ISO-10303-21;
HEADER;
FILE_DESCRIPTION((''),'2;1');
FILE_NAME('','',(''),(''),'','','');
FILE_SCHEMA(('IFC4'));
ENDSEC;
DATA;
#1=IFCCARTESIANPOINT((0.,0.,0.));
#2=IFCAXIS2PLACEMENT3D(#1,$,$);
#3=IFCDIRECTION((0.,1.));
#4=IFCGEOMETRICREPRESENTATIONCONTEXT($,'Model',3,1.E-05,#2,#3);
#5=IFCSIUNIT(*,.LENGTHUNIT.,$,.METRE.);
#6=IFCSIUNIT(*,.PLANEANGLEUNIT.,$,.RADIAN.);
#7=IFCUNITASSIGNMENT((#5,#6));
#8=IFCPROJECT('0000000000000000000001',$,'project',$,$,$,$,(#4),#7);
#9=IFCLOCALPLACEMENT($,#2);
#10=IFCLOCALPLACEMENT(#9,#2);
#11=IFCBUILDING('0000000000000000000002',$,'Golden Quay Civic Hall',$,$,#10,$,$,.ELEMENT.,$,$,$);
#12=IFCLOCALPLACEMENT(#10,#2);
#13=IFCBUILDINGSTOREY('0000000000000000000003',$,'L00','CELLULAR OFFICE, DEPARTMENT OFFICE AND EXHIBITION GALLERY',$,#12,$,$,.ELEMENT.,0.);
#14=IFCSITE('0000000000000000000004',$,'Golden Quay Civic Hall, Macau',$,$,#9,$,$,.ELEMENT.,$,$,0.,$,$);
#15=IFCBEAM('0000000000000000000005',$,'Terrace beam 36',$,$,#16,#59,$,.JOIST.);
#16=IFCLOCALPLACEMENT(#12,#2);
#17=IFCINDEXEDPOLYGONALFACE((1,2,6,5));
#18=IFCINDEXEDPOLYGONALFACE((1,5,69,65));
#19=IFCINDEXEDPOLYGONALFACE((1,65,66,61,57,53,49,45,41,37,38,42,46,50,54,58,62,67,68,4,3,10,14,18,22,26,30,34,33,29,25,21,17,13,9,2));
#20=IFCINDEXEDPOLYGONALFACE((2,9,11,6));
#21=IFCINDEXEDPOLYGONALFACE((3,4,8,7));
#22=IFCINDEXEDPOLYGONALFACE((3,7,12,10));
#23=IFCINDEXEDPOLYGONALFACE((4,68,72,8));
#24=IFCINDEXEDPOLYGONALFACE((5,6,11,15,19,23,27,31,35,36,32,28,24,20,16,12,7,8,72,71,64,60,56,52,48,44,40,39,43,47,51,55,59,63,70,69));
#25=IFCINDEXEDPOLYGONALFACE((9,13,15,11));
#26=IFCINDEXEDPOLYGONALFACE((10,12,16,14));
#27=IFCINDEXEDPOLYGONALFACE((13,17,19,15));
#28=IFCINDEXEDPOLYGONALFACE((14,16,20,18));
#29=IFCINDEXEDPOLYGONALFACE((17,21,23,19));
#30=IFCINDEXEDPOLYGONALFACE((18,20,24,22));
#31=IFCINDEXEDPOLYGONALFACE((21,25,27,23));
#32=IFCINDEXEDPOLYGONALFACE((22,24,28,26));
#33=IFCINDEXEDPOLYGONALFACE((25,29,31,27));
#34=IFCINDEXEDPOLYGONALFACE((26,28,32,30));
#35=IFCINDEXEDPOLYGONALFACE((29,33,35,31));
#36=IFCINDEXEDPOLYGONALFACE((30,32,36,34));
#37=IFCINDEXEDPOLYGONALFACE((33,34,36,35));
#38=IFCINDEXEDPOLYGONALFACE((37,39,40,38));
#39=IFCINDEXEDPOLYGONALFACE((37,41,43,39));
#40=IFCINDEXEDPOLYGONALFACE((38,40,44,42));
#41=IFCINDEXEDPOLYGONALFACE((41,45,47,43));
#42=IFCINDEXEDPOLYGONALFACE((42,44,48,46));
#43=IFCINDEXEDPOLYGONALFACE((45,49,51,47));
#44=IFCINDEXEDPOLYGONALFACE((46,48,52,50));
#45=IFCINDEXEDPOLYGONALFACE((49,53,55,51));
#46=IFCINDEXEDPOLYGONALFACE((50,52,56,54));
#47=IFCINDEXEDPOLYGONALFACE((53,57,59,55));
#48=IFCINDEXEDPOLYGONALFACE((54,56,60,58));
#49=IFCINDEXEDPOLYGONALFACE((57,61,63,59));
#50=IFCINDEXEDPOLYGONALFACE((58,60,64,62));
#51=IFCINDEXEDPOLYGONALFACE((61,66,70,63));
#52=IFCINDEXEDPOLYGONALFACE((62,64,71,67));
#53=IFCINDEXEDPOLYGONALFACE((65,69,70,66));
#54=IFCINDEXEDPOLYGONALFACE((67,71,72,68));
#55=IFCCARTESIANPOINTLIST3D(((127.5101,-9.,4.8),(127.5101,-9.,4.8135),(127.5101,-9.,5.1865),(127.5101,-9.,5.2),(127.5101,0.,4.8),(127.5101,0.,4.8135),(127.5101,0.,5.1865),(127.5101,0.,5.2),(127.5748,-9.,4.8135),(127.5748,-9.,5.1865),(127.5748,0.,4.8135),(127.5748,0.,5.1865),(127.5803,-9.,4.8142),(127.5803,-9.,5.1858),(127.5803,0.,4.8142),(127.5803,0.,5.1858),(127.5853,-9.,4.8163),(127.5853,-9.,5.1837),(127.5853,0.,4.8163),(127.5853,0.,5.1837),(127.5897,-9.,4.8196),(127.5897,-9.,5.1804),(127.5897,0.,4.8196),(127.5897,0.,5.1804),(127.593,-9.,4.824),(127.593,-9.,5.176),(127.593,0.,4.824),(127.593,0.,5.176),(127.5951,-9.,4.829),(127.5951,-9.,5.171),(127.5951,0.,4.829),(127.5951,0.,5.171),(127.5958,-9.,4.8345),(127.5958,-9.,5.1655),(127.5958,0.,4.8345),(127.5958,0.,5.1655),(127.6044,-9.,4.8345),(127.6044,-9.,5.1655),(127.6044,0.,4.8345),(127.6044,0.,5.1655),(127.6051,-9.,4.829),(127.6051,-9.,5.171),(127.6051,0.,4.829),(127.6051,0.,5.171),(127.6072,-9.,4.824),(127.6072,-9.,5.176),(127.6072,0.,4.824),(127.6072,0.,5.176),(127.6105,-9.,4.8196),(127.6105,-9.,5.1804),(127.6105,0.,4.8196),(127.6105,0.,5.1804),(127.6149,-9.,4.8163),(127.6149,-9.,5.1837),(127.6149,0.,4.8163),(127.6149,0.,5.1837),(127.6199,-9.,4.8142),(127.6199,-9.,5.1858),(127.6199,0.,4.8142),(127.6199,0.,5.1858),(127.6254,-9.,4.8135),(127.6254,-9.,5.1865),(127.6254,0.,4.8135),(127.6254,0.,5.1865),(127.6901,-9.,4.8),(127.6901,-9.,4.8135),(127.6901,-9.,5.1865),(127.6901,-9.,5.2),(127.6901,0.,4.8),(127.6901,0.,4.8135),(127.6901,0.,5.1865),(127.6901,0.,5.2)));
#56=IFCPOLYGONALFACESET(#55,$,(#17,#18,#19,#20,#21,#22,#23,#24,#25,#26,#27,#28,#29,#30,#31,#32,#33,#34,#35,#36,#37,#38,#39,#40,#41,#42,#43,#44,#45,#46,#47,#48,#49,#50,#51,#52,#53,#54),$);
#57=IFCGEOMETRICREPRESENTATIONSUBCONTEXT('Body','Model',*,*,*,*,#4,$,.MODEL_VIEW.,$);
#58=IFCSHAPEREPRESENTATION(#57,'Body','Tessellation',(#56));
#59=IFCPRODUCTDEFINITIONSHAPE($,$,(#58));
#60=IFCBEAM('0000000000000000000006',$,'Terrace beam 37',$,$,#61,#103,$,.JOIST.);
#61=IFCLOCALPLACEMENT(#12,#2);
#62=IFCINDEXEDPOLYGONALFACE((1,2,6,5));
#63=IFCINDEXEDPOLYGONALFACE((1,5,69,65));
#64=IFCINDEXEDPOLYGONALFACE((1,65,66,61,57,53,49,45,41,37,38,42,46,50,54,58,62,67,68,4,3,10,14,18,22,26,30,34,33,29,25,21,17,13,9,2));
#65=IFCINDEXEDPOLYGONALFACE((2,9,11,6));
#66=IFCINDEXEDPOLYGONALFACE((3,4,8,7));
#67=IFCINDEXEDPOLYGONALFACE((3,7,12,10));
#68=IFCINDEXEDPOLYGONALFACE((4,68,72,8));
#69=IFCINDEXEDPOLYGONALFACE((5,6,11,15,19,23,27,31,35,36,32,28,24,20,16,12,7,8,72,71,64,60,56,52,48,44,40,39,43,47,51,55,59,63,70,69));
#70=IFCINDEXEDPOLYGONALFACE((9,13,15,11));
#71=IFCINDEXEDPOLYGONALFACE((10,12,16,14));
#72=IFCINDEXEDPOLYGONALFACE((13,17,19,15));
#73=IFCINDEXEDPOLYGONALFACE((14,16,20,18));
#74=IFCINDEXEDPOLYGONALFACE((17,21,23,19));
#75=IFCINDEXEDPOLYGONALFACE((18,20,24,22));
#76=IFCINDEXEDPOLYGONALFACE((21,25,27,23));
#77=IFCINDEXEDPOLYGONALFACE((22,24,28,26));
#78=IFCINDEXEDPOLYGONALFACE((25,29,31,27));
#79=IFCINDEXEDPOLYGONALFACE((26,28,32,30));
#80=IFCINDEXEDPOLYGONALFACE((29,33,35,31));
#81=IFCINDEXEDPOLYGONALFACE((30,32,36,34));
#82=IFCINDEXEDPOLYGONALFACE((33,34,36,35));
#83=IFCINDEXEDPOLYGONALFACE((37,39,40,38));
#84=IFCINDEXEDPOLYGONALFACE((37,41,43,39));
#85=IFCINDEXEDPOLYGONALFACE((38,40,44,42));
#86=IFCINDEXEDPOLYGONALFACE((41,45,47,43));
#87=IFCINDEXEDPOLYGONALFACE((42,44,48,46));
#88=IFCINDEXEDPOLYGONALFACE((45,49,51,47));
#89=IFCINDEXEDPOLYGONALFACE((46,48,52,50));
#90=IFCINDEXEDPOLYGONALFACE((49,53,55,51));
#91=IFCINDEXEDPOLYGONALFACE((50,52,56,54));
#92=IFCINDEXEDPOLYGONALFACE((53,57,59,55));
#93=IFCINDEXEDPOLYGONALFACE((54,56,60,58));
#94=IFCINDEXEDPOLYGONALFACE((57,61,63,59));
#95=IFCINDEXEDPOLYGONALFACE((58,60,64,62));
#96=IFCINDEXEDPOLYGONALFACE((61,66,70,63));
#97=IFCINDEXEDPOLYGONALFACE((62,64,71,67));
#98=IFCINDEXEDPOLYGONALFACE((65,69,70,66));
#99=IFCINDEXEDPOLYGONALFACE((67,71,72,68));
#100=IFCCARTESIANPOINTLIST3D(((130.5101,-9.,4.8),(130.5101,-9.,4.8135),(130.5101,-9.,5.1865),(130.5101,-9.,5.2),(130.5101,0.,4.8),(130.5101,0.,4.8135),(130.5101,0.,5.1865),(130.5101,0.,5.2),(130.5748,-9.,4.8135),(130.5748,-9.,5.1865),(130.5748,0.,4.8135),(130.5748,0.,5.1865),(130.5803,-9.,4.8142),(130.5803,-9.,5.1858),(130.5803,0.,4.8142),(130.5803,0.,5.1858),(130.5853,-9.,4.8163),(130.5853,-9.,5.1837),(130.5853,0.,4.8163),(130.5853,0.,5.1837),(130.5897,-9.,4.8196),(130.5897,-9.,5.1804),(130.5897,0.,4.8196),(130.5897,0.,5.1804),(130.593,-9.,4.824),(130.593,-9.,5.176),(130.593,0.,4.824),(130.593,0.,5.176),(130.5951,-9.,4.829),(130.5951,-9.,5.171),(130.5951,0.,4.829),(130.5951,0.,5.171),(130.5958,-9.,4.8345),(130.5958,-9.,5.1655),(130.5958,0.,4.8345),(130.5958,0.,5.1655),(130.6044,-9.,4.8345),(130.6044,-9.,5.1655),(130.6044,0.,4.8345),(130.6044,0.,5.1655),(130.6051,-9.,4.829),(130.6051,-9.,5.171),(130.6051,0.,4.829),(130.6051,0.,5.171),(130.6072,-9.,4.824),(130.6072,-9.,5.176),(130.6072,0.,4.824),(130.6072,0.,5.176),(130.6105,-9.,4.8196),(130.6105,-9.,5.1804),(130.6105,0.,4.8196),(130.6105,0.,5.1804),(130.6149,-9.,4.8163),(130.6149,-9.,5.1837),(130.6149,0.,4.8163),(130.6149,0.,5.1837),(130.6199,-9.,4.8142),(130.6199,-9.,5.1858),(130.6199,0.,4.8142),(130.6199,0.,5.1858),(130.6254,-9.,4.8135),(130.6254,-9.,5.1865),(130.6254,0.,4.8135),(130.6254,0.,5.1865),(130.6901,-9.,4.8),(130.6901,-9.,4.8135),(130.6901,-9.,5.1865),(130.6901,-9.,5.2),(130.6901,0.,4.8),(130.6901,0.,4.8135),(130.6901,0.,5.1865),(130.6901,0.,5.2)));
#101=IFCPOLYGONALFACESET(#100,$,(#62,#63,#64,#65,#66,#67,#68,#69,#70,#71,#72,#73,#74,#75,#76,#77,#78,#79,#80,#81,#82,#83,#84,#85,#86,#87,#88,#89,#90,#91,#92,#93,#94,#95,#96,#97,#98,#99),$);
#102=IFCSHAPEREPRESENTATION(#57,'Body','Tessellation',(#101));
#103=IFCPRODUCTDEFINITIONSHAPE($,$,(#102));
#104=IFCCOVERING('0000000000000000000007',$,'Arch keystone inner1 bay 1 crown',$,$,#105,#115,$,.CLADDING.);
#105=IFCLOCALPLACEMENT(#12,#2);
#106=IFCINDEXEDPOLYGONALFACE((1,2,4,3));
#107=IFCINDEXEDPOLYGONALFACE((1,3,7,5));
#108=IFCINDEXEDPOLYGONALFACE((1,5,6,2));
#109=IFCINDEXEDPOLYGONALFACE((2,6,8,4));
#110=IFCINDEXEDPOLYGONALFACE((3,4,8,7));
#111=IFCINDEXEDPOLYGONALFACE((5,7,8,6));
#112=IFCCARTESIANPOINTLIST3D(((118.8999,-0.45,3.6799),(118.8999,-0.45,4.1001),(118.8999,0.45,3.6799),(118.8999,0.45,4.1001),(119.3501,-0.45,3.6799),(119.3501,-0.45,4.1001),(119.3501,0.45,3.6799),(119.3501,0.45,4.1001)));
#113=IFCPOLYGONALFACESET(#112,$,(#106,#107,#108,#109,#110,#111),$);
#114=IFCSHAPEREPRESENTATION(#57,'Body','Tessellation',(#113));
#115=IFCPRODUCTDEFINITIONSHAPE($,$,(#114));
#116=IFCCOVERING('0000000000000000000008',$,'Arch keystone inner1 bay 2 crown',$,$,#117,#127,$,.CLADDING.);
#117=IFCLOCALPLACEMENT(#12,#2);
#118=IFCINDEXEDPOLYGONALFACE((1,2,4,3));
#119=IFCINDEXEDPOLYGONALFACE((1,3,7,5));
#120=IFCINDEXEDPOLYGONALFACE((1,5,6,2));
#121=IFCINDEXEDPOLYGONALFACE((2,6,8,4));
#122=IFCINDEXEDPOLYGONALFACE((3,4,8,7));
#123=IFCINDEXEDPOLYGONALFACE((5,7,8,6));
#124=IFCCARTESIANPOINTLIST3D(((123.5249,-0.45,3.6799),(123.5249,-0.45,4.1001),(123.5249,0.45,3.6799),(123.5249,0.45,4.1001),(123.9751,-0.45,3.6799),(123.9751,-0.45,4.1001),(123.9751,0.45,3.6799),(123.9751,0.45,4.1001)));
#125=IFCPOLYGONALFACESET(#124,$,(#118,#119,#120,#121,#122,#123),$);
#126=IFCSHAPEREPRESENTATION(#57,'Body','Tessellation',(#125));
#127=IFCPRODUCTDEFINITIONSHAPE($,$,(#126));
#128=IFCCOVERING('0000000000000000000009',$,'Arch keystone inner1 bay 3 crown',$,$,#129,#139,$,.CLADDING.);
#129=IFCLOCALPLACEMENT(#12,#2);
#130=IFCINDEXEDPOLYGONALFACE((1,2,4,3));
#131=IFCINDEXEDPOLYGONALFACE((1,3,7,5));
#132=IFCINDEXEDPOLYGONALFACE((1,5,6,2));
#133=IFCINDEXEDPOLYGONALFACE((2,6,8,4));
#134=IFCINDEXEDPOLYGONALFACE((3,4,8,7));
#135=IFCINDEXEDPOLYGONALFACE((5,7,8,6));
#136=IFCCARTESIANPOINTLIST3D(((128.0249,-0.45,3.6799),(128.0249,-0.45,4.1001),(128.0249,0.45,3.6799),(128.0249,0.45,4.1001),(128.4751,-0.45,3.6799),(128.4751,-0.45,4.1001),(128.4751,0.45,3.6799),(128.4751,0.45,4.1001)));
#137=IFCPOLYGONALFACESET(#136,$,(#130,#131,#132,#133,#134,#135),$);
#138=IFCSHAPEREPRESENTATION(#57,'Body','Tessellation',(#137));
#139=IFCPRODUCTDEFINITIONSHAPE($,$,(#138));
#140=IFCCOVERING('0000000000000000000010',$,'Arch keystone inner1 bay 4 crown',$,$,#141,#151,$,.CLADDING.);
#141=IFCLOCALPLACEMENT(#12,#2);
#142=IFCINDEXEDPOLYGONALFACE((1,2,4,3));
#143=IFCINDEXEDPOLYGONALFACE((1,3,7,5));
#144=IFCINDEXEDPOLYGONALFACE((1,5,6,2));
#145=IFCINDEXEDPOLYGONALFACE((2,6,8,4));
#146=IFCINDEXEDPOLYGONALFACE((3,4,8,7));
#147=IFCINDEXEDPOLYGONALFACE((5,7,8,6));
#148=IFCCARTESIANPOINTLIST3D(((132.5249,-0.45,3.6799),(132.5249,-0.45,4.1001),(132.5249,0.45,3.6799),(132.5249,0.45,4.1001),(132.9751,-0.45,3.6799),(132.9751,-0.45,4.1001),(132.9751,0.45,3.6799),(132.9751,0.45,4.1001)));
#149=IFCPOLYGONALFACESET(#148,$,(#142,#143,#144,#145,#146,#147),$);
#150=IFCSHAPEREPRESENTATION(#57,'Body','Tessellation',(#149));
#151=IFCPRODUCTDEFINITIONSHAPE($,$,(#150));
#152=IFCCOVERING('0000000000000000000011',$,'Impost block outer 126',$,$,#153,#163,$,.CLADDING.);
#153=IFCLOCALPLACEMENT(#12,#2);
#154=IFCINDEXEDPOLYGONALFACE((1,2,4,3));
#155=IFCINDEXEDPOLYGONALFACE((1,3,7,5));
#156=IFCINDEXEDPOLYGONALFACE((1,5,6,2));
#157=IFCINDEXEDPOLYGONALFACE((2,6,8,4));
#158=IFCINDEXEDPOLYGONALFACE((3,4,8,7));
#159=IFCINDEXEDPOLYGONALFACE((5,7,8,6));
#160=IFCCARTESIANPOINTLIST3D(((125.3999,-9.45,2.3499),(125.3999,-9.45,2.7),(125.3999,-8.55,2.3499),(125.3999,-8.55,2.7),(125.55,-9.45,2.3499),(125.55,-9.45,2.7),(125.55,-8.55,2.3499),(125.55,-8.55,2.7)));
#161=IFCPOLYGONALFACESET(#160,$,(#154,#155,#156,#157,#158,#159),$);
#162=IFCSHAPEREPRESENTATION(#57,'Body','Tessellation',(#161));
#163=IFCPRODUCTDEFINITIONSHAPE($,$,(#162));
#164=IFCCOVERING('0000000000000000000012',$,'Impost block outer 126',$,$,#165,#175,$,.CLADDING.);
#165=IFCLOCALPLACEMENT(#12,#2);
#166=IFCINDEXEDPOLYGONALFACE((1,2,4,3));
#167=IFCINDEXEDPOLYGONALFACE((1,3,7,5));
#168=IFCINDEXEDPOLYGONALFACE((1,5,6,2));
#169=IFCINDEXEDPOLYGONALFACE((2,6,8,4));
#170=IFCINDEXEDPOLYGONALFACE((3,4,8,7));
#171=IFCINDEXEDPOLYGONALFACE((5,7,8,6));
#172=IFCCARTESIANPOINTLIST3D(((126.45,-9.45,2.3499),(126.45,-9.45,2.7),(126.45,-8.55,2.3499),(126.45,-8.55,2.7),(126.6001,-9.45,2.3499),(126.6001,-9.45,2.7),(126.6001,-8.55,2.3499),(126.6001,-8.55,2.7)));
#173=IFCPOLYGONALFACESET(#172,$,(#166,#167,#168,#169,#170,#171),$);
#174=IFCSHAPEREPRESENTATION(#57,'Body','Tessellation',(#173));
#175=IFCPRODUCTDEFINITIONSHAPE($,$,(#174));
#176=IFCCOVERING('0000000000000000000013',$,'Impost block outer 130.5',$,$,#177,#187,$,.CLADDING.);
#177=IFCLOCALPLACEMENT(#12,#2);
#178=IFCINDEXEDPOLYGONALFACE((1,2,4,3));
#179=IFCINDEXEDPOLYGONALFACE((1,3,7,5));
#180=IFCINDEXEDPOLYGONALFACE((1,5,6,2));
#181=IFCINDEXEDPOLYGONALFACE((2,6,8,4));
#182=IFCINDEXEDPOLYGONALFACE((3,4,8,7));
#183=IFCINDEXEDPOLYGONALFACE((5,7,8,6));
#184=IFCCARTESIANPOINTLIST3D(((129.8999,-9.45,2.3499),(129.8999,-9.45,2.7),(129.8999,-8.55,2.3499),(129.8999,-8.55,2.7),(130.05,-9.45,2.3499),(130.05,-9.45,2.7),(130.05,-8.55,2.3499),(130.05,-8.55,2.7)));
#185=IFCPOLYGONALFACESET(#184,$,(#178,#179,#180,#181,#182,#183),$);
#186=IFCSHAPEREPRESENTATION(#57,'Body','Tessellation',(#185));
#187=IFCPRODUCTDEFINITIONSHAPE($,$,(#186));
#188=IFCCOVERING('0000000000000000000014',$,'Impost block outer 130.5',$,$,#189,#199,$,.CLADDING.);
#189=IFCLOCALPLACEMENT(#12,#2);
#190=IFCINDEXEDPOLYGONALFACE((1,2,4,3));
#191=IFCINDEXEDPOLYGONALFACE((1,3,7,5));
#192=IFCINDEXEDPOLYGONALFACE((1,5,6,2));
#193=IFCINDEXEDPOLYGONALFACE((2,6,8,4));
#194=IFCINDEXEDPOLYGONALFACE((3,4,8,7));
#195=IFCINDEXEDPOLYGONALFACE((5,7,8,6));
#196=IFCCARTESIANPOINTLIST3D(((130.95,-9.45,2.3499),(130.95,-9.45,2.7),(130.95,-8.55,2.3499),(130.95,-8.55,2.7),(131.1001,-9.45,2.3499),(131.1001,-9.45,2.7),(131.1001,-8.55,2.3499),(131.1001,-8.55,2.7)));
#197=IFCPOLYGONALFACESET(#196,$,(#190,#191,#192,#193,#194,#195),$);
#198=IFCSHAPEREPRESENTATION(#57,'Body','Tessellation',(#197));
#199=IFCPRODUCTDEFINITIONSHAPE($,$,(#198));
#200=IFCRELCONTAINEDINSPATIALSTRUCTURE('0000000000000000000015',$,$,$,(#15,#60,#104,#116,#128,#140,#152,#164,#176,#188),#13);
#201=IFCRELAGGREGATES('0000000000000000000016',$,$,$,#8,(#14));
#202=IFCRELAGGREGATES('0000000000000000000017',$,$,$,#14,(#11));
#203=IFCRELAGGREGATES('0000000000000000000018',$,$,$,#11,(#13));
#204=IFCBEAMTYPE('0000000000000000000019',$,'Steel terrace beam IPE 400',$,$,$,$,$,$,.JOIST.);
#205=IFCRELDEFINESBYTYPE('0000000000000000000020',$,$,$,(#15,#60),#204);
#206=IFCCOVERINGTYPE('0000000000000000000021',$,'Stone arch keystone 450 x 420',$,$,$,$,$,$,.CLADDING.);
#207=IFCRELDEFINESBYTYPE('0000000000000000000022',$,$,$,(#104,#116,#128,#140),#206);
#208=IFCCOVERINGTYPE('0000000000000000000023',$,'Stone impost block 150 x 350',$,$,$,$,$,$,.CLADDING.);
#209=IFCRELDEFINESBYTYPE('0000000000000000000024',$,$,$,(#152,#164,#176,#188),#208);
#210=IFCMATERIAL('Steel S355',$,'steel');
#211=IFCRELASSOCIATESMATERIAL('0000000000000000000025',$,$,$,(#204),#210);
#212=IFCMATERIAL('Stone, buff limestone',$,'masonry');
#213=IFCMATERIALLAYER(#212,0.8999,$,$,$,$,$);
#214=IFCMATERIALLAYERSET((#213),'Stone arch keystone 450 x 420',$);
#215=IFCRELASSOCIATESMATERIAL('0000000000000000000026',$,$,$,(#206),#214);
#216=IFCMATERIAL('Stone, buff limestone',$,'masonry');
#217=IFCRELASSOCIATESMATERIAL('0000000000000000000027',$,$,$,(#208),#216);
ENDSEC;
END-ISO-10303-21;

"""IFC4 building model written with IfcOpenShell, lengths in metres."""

from ifc_helpers import new_model, si_unit, direction, frame, origin, origin_2d, place, context, subcontext, project, spatial, polyline, rectangle, i_section, outline, extrude, material, layer, layer_set, material_profile, profile_set, type_object, element, save


model = new_model("IFC4")

# Units and contexts
model_context = context("Model", 3, precision=1e-05, world=origin(), true_north=direction((0.0, 1.0)))
body_context = subcontext(model_context, "Body", "Model", "MODEL_VIEW")
ifc_project = project(units=[si_unit("LENGTHUNIT", "METRE"), si_unit("PLANEANGLEUNIT", "RADIAN")], contexts=[model_context])

# Site, building, storey
site_placement = place(None, origin())
site = spatial("IfcSite", under=ifc_project, at=site_placement, Name="Golden Quay Civic Hall, Macau", CompositionType="ELEMENT", RefElevation=0.0)
building_placement = place(site_placement, origin())
building = spatial("IfcBuilding", under=site, at=building_placement, Name="Golden Quay Civic Hall", CompositionType="ELEMENT")
storey_placement = place(building_placement, origin())
storey = spatial("IfcBuildingStorey", under=building, at=storey_placement, Name="L00", Description="CELLULAR OFFICE, DEPARTMENT OFFICE AND EXHIBITION GALLERY", CompositionType="ELEMENT", Elevation=0.0)

# Beams
ifc_material_1 = material(Name="Steel S355", Category="steel")
ifc_material_profile_1 = material_profile(ifc_material_1, i_section(OverallWidth=0.1799, OverallDepth=0.3999, WebThickness=0.0085, FlangeThickness=0.0134, FilletRadius=0.021, at=origin_2d()), Name="IPE 400")
ifc_profile_set_1 = profile_set([ifc_material_profile_1], Name="Steel S355")
beam_type_1 = type_object("IfcBeamType", Name="Steel terrace beam IPE 400", PredefinedType="JOIST", material=ifc_profile_set_1)
for number, where, z_axis, x_axis, name in (
    (1, (127.6001, -9.0, 5.0), (0.0, 1.0, 0.0), (-1.0, 0.0, 0.0), "Terrace beam 36"),
    (2, (130.6001, -9.0, 5.0), (0.0, 1.0, 0.0), (-1.0, 0.0, 0.0), "Terrace beam 37"),
):
    element("IfcBeam", number, at=place(storey_placement, frame(where, z_axis=z_axis, x_axis=x_axis)), inside=storey, type_object=beam_type_1, Name=name, PredefinedType="JOIST", context=body_context, shape_type="SweptSolid", body=[
        extrude(i_section(OverallWidth=0.1799, OverallDepth=0.3999, WebThickness=0.0085, FlangeThickness=0.0134, FilletRadius=0.021, at=origin_2d()), origin(), (0.0, 0.0, 1.0), 9.0),
    ])

# Coverings
ifc_material_2 = material(Name="Stone, buff limestone", Category="masonry")
ifc_layer_1 = layer(ifc_material_2, 0.8999)
ifc_layer_set_1 = layer_set([ifc_layer_1], Name="Stone arch keystone 450 x 420")
covering_type_1 = type_object("IfcCoveringType", Name="Stone arch keystone 450 x 420", PredefinedType="CLADDING", material=ifc_layer_set_1)
for number, where, z_axis, x_axis, name in (
    (3, (118.8999, -0.45, 3.6799), (0.0, -1.0, 0.0), (1.0, 0.0, 0.0), "Arch keystone inner1 bay 1 crown"),
    (4, (123.5249, -0.45, 3.6799), (0.0, -1.0, 0.0), (1.0, 0.0, 0.0), "Arch keystone inner1 bay 2 crown"),
    (5, (128.0249, -0.45, 3.6799), (0.0, -1.0, 0.0), (1.0, 0.0, 0.0), "Arch keystone inner1 bay 3 crown"),
    (6, (132.5249, -0.45, 3.6799), (0.0, -1.0, 0.0), (1.0, 0.0, 0.0), "Arch keystone inner1 bay 4 crown"),
):
    element("IfcCovering", number, at=place(storey_placement, frame(where, z_axis=z_axis, x_axis=x_axis)), inside=storey, type_object=covering_type_1, Name=name, PredefinedType="CLADDING", context=body_context, shape_type="SweptSolid", body=[
        extrude(outline(polyline([(0.0, 0.0), (0.4502, 0.0), (0.4502, 0.4202), (0.0, 0.4202), (0.0, 0.0)])), origin(), (0.0, 0.0, -1.0), 0.8999),
    ])
ifc_material_3 = material(Name="Stone, buff limestone", Category="masonry")
ifc_material_profile_2 = material_profile(ifc_material_3, rectangle(XDim=0.8999, YDim=0.3501, at=origin_2d()), Name="RC 900x350")
ifc_profile_set_2 = profile_set([ifc_material_profile_2], Name="Stone, buff limestone")
covering_type_2 = type_object("IfcCoveringType", Name="Stone impost block 150 x 350", PredefinedType="CLADDING", material=ifc_profile_set_2)
for number, where, z_axis, x_axis, name in (
    (7, (125.55, -9.0, 2.5249), (-1.0, 0.0, 0.0), (0.0, -1.0, 0.0), "Impost block outer 126"),
    (8, (126.45, -9.0, 2.5249), (1.0, 0.0, 0.0), (0.0, 1.0, 0.0), "Impost block outer 126"),
    (9, (130.05, -9.0, 2.5249), (-1.0, 0.0, 0.0), (0.0, -1.0, 0.0), "Impost block outer 130.5"),
    (10, (130.95, -9.0, 2.5249), (1.0, 0.0, 0.0), (0.0, 1.0, 0.0), "Impost block outer 130.5"),
):
    element("IfcCovering", number, at=place(storey_placement, frame(where, z_axis=z_axis, x_axis=x_axis)), inside=storey, type_object=covering_type_2, Name=name, PredefinedType="CLADDING", context=body_context, shape_type="SweptSolid", body=[
        extrude(rectangle(XDim=0.8999, YDim=0.3501, at=origin_2d()), origin(), (0.0, 0.0, 1.0), 0.1501),
    ])

save(model, "model.ifc")
